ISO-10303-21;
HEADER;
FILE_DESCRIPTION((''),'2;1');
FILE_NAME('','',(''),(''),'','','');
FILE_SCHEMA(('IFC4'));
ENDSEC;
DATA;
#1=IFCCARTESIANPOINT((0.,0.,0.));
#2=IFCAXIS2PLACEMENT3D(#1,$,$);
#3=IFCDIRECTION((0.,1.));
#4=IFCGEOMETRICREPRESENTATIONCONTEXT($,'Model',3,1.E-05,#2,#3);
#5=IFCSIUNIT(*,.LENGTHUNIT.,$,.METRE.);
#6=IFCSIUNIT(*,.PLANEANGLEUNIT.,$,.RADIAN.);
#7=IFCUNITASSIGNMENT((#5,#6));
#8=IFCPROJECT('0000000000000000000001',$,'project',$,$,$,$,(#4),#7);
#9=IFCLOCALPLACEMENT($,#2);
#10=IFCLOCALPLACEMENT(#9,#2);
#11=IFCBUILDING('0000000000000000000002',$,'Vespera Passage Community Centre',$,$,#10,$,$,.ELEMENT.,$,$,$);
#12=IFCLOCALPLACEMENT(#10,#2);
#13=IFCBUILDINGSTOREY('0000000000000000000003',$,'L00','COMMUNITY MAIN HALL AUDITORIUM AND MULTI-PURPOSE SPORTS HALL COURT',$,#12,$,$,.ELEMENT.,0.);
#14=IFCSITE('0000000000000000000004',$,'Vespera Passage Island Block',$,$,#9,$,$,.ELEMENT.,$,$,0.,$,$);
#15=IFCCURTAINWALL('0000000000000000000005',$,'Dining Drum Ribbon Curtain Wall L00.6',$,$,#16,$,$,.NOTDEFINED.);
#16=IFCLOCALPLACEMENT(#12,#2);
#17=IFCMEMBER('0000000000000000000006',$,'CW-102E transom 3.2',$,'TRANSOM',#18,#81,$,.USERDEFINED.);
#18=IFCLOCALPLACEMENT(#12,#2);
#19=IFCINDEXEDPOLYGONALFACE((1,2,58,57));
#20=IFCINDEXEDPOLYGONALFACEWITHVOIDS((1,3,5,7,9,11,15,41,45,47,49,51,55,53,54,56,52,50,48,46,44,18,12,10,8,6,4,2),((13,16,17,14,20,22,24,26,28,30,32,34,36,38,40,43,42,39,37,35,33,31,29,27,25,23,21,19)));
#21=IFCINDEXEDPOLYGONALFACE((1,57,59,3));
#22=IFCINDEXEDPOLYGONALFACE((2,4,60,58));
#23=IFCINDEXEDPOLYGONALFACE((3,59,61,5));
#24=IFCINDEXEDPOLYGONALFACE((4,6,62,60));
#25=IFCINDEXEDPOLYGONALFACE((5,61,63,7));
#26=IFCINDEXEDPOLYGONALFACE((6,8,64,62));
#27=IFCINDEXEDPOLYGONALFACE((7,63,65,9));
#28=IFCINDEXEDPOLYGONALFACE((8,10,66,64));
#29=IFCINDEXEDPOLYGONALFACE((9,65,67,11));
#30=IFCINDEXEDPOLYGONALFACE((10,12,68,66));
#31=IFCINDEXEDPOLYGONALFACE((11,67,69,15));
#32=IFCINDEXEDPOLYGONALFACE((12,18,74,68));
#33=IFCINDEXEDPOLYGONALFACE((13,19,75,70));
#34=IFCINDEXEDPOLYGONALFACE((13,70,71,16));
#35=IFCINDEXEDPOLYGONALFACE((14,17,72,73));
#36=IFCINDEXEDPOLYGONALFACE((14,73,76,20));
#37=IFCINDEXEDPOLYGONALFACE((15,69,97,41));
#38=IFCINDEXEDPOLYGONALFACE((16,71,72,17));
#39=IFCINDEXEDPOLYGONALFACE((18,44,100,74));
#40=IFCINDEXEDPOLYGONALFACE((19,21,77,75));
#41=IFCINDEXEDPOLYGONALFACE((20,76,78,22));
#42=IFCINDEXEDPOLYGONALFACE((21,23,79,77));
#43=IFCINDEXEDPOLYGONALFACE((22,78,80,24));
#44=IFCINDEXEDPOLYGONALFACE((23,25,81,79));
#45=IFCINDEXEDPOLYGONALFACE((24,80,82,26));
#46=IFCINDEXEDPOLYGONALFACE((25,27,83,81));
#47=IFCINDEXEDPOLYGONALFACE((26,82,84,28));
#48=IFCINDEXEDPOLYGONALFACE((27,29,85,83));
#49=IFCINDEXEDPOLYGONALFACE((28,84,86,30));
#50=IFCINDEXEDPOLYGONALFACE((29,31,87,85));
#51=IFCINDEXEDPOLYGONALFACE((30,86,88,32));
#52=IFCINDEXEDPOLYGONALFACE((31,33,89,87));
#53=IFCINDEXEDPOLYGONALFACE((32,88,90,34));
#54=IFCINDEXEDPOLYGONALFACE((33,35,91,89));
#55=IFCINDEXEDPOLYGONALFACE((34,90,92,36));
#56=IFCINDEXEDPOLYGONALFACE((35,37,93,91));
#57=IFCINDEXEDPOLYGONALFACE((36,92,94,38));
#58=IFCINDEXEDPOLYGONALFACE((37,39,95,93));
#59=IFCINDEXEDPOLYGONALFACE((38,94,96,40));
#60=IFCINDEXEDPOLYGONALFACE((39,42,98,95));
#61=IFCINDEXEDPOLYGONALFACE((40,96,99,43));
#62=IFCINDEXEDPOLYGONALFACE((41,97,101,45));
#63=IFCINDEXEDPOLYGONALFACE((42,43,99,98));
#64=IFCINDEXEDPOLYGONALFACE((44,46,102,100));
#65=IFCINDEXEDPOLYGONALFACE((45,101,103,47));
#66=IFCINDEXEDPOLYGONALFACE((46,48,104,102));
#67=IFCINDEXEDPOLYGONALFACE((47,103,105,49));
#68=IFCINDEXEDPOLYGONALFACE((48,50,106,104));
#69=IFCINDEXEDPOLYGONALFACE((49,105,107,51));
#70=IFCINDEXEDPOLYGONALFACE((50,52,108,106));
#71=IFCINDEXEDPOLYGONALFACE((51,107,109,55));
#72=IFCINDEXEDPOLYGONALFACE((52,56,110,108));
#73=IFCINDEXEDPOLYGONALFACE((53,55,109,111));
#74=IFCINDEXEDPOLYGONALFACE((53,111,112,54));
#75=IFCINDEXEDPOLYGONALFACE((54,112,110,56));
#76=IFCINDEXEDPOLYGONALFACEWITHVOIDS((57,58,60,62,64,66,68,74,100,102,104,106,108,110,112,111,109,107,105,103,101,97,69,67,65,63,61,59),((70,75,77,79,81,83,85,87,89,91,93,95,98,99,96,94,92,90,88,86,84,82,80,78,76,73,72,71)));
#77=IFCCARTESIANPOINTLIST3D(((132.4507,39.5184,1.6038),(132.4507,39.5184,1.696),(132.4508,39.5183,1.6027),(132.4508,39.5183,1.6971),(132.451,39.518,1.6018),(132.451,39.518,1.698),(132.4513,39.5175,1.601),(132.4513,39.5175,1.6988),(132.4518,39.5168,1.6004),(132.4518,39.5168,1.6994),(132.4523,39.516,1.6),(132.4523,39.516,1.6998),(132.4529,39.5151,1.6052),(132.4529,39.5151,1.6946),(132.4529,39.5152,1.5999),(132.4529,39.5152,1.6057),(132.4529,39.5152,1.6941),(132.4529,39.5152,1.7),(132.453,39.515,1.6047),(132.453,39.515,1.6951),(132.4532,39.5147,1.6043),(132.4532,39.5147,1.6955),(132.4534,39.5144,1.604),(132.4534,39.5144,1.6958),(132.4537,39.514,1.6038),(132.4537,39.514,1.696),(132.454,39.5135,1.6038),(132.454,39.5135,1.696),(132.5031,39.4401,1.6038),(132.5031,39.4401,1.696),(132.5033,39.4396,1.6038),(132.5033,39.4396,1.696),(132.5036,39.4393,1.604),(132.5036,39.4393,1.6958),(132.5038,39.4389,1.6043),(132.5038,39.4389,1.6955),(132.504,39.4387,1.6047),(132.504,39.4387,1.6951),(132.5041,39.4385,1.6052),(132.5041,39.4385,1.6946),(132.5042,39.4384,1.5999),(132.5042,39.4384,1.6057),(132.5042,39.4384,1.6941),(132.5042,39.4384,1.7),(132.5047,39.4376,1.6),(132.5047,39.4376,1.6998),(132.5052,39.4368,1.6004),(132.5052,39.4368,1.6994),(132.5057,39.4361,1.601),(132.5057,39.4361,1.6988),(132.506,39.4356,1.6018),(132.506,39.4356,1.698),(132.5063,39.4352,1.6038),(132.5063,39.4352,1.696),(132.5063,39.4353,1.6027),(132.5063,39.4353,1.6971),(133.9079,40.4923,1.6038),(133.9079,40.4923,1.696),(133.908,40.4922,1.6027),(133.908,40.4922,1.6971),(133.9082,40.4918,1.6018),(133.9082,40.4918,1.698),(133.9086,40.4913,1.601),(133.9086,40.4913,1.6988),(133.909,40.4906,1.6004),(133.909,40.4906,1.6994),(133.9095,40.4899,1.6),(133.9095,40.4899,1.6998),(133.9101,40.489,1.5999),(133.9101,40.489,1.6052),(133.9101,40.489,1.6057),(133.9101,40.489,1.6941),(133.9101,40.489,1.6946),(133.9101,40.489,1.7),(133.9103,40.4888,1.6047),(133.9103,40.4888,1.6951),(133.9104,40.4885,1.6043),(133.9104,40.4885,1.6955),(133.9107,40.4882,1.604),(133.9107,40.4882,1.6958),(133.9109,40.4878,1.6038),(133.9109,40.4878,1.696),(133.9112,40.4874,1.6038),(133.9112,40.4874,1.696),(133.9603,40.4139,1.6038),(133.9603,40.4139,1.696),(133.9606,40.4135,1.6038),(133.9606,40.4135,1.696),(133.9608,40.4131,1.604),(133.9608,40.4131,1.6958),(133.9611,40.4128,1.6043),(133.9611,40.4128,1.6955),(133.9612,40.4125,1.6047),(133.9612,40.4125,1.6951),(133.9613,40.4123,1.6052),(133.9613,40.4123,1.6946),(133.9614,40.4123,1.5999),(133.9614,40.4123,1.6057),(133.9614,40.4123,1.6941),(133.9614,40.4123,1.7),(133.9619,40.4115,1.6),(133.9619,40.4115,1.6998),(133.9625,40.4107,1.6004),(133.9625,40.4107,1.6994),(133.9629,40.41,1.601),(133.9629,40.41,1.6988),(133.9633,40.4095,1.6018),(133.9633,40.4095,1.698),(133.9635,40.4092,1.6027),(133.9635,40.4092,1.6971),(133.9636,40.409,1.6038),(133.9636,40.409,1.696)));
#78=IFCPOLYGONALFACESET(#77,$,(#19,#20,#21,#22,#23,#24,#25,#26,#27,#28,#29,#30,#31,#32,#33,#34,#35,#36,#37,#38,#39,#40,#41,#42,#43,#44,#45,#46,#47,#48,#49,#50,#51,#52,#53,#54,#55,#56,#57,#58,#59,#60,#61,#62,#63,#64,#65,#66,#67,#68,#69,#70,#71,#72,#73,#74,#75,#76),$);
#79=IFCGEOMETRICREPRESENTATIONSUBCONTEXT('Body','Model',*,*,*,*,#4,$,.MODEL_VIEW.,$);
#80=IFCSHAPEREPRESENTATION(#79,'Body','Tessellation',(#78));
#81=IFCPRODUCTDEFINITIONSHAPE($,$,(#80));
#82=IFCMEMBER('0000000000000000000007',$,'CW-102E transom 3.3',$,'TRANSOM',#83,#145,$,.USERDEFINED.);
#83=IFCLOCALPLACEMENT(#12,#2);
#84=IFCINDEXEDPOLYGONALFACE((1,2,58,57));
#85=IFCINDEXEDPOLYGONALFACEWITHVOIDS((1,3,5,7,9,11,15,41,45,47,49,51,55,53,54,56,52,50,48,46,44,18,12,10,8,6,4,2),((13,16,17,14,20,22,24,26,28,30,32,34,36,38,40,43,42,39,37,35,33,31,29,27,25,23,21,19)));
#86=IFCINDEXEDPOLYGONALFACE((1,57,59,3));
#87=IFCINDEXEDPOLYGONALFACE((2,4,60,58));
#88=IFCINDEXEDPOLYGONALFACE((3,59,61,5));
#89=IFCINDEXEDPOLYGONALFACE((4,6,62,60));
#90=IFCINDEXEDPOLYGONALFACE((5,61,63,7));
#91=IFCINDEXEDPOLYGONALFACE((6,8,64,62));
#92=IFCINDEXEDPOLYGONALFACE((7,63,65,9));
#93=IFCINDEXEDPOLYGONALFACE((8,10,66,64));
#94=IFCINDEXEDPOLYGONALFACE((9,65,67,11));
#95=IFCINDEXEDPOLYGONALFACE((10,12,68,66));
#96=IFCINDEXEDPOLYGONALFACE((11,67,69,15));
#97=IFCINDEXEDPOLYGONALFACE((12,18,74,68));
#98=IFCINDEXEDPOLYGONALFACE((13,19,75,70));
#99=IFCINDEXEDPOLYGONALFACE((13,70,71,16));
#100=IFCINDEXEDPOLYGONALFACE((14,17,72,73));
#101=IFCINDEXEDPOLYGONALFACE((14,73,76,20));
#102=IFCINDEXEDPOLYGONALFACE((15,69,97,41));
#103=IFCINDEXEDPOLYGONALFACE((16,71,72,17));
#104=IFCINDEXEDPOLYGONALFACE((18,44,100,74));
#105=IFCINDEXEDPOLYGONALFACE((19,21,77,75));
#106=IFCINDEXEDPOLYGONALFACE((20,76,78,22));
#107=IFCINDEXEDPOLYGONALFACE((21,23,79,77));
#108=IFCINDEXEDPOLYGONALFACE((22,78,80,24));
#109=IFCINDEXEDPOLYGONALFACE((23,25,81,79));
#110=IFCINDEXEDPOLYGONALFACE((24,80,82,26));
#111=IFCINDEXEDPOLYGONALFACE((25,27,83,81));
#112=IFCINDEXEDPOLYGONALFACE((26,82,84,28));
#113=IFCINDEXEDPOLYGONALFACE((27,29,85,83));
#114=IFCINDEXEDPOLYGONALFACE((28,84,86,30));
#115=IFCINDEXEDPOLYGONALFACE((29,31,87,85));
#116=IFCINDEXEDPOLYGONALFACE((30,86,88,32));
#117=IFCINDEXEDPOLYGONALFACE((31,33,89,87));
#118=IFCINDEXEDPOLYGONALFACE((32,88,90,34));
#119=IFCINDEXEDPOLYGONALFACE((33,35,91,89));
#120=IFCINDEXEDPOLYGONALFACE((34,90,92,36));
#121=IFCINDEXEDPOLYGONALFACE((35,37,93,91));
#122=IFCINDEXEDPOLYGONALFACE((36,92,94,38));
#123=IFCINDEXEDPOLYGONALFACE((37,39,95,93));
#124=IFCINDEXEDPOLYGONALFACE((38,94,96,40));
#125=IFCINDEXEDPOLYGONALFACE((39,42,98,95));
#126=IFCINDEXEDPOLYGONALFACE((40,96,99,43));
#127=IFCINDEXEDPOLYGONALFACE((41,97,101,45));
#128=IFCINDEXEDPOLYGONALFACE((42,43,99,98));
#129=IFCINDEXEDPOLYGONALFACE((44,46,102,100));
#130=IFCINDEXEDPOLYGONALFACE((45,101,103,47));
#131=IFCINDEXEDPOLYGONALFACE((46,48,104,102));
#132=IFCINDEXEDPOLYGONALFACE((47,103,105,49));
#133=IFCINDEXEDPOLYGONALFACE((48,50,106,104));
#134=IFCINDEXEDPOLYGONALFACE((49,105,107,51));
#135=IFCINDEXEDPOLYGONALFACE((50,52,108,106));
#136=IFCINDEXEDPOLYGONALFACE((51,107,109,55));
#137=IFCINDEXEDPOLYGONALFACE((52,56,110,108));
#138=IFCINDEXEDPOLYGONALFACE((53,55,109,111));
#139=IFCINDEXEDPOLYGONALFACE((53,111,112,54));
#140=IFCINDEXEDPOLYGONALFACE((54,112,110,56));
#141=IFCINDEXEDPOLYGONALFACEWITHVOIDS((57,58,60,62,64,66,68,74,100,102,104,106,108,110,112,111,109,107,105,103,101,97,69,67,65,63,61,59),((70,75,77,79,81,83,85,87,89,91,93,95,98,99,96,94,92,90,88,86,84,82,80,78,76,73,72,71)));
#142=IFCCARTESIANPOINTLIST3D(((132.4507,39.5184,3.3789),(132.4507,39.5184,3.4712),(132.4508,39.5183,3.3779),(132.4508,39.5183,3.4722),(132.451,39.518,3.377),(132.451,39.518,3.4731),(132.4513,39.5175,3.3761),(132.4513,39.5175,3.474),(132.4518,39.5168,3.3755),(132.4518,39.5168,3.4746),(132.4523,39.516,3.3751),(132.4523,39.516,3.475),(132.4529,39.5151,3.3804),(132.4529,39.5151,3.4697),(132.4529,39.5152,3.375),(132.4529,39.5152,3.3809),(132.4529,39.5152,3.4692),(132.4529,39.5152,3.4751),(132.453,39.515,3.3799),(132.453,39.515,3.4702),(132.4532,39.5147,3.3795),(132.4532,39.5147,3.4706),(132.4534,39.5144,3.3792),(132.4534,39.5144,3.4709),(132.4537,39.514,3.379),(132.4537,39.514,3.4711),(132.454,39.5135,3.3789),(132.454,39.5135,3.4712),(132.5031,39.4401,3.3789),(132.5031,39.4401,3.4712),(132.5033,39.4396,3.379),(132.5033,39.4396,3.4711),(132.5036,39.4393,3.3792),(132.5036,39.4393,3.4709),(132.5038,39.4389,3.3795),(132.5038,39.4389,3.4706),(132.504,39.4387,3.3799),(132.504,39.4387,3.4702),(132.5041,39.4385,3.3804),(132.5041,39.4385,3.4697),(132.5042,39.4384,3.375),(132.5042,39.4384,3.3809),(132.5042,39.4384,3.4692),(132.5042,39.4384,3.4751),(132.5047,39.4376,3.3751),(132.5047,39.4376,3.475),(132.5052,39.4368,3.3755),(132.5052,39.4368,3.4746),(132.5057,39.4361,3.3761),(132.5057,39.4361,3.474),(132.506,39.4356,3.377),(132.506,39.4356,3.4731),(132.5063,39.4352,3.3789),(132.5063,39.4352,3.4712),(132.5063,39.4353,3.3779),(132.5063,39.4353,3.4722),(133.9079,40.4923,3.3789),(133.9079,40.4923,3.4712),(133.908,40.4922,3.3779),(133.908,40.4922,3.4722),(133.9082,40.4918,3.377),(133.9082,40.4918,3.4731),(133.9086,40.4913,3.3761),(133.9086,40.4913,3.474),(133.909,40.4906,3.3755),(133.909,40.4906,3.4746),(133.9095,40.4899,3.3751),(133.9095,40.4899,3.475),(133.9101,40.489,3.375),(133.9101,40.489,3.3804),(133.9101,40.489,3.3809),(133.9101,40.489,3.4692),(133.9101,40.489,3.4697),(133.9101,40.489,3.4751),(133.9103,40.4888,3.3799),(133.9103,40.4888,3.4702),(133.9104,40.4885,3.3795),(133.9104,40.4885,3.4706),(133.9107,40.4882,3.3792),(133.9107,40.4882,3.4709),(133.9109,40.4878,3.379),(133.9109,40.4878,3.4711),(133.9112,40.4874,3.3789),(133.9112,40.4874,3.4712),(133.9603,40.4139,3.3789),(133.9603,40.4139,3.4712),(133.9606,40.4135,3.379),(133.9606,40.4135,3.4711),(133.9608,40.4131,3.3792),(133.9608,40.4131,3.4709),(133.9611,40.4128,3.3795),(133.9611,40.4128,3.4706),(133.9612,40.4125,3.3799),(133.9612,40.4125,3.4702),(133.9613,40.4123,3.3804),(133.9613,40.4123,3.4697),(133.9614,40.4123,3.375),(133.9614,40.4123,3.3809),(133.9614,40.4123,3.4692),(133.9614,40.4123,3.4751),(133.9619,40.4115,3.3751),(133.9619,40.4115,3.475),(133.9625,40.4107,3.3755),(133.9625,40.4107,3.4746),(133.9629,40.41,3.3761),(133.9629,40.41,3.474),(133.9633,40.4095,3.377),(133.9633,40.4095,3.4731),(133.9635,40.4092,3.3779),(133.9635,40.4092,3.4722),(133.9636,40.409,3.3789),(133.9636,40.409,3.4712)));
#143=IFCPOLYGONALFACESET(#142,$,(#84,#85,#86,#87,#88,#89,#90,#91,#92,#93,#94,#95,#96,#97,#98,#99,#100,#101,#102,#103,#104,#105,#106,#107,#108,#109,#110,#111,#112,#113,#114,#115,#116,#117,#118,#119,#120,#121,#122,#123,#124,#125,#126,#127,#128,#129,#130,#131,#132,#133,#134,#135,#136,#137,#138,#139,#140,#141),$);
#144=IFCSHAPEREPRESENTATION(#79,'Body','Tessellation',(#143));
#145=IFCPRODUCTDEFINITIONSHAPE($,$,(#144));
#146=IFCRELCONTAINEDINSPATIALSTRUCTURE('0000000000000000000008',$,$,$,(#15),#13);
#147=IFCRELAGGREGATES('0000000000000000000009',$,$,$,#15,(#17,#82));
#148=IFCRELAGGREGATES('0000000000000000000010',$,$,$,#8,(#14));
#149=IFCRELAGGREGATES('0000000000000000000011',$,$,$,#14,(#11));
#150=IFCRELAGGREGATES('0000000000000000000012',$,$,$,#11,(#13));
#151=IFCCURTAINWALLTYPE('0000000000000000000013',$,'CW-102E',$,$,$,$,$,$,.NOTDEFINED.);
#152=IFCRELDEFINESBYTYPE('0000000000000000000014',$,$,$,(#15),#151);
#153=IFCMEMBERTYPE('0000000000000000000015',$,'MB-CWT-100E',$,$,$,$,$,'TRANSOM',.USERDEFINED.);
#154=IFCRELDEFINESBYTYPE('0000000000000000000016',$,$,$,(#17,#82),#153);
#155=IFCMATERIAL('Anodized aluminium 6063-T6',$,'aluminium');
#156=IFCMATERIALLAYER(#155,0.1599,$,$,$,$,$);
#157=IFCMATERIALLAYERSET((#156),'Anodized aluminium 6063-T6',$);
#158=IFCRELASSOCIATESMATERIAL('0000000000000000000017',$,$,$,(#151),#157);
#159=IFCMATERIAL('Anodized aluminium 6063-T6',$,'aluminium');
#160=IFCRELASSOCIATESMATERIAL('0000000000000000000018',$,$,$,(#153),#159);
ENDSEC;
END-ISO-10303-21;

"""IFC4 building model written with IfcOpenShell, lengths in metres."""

from ifc_helpers import new_model, si_unit, direction, frame, origin, origin_2d, place, context, subcontext, project, spatial, hollow_rectangle, extrude, material, layer, layer_set, material_profile, profile_set, type_object, element, aggregate, save


model = new_model("IFC4")

# Units and contexts
model_context = context("Model", 3, precision=1e-05, world=origin(), true_north=direction((0.0, 1.0)))
body_context = subcontext(model_context, "Body", "Model", "MODEL_VIEW")
ifc_project = project(units=[si_unit("LENGTHUNIT", "METRE"), si_unit("PLANEANGLEUNIT", "RADIAN")], contexts=[model_context])

# Site, building, storey
site_placement = place(None, origin())
site = spatial("IfcSite", under=ifc_project, at=site_placement, Name="Vespera Passage Island Block", CompositionType="ELEMENT", RefElevation=0.0)
building_placement = place(site_placement, origin())
building = spatial("IfcBuilding", under=site, at=building_placement, Name="Vespera Passage Community Centre", CompositionType="ELEMENT")
storey_placement = place(building_placement, origin())
storey = spatial("IfcBuildingStorey", under=building, at=storey_placement, Name="L00", Description="COMMUNITY MAIN HALL AUDITORIUM AND MULTI-PURPOSE SPORTS HALL COURT", CompositionType="ELEMENT", Elevation=0.0)

# Curtain wall
ifc_material_1 = material(Name="Anodized aluminium 6063-T6", Category="aluminium")
ifc_layer_1 = layer(ifc_material_1, 0.1599)
ifc_layer_set_1 = layer_set([ifc_layer_1], Name="Anodized aluminium 6063-T6")
curtain_wall_type_1 = type_object("IfcCurtainWallType", Name="CW-102E", PredefinedType="NOTDEFINED", material=ifc_layer_set_1)
curtain_wall_1_placement = place(storey_placement, origin())
curtain_wall_1 = element("IfcCurtainWall", 1, at=curtain_wall_1_placement, inside=storey, type_object=curtain_wall_type_1, Name="Dining Drum Ribbon Curtain Wall L00.6", PredefinedType="NOTDEFINED")

# Members
ifc_material_2 = material(Name="Anodized aluminium 6063-T6", Category="aluminium")
ifc_material_profile_1 = material_profile(ifc_material_2, hollow_rectangle(XDim=0.1001, YDim=0.1001, WallThickness=0.0039, InnerFilletRadius=0.002, OuterFilletRadius=0.0039, at=origin_2d()), Name="ALU100X100X4")
ifc_profile_set_1 = profile_set([ifc_material_profile_1], Name="Anodized aluminium 6063-T6")
member_type_1 = type_object("IfcMemberType", Name="MB-CWT-100E", ElementType="TRANSOM", PredefinedType="USERDEFINED", material=ifc_profile_set_1)
member_1_placement = place(storey_placement, frame((132.4785, 39.4768, 1.6499), z_axis=(0.831428, 0.555632, 0.0), x_axis=(-0.555632, 0.831428, 0.0)))
member_1 = element("IfcMember", 2, at=member_1_placement, type_object=member_type_1, Name="CW-102E transom 3.2", ObjectType="TRANSOM", PredefinedType="USERDEFINED", context=body_context, shape_type="SweptSolid", body=[
    extrude(hollow_rectangle(XDim=0.1001, YDim=0.1001, WallThickness=0.0039, InnerFilletRadius=0.002, OuterFilletRadius=0.0039, at=origin_2d()), origin(), (0.0, 0.0, 1.0), 1.7527),
])
member_2_placement = place(storey_placement, frame((132.4785, 39.4768, 3.425), z_axis=(0.831428, 0.555632, 0.0), x_axis=(-0.555632, 0.831428, 0.0)))
member_2 = element("IfcMember", 3, at=member_2_placement, type_object=member_type_1, Name="CW-102E transom 3.3", ObjectType="TRANSOM", PredefinedType="USERDEFINED", context=body_context, shape_type="SweptSolid", body=[
    extrude(hollow_rectangle(XDim=0.1001, YDim=0.1001, WallThickness=0.0039, InnerFilletRadius=0.002, OuterFilletRadius=0.0039, at=origin_2d()), origin(), (0.0, 0.0, 1.0), 1.7527),
])

aggregate(curtain_wall_1, [member_1, member_2])

save(model, "model.ifc")
